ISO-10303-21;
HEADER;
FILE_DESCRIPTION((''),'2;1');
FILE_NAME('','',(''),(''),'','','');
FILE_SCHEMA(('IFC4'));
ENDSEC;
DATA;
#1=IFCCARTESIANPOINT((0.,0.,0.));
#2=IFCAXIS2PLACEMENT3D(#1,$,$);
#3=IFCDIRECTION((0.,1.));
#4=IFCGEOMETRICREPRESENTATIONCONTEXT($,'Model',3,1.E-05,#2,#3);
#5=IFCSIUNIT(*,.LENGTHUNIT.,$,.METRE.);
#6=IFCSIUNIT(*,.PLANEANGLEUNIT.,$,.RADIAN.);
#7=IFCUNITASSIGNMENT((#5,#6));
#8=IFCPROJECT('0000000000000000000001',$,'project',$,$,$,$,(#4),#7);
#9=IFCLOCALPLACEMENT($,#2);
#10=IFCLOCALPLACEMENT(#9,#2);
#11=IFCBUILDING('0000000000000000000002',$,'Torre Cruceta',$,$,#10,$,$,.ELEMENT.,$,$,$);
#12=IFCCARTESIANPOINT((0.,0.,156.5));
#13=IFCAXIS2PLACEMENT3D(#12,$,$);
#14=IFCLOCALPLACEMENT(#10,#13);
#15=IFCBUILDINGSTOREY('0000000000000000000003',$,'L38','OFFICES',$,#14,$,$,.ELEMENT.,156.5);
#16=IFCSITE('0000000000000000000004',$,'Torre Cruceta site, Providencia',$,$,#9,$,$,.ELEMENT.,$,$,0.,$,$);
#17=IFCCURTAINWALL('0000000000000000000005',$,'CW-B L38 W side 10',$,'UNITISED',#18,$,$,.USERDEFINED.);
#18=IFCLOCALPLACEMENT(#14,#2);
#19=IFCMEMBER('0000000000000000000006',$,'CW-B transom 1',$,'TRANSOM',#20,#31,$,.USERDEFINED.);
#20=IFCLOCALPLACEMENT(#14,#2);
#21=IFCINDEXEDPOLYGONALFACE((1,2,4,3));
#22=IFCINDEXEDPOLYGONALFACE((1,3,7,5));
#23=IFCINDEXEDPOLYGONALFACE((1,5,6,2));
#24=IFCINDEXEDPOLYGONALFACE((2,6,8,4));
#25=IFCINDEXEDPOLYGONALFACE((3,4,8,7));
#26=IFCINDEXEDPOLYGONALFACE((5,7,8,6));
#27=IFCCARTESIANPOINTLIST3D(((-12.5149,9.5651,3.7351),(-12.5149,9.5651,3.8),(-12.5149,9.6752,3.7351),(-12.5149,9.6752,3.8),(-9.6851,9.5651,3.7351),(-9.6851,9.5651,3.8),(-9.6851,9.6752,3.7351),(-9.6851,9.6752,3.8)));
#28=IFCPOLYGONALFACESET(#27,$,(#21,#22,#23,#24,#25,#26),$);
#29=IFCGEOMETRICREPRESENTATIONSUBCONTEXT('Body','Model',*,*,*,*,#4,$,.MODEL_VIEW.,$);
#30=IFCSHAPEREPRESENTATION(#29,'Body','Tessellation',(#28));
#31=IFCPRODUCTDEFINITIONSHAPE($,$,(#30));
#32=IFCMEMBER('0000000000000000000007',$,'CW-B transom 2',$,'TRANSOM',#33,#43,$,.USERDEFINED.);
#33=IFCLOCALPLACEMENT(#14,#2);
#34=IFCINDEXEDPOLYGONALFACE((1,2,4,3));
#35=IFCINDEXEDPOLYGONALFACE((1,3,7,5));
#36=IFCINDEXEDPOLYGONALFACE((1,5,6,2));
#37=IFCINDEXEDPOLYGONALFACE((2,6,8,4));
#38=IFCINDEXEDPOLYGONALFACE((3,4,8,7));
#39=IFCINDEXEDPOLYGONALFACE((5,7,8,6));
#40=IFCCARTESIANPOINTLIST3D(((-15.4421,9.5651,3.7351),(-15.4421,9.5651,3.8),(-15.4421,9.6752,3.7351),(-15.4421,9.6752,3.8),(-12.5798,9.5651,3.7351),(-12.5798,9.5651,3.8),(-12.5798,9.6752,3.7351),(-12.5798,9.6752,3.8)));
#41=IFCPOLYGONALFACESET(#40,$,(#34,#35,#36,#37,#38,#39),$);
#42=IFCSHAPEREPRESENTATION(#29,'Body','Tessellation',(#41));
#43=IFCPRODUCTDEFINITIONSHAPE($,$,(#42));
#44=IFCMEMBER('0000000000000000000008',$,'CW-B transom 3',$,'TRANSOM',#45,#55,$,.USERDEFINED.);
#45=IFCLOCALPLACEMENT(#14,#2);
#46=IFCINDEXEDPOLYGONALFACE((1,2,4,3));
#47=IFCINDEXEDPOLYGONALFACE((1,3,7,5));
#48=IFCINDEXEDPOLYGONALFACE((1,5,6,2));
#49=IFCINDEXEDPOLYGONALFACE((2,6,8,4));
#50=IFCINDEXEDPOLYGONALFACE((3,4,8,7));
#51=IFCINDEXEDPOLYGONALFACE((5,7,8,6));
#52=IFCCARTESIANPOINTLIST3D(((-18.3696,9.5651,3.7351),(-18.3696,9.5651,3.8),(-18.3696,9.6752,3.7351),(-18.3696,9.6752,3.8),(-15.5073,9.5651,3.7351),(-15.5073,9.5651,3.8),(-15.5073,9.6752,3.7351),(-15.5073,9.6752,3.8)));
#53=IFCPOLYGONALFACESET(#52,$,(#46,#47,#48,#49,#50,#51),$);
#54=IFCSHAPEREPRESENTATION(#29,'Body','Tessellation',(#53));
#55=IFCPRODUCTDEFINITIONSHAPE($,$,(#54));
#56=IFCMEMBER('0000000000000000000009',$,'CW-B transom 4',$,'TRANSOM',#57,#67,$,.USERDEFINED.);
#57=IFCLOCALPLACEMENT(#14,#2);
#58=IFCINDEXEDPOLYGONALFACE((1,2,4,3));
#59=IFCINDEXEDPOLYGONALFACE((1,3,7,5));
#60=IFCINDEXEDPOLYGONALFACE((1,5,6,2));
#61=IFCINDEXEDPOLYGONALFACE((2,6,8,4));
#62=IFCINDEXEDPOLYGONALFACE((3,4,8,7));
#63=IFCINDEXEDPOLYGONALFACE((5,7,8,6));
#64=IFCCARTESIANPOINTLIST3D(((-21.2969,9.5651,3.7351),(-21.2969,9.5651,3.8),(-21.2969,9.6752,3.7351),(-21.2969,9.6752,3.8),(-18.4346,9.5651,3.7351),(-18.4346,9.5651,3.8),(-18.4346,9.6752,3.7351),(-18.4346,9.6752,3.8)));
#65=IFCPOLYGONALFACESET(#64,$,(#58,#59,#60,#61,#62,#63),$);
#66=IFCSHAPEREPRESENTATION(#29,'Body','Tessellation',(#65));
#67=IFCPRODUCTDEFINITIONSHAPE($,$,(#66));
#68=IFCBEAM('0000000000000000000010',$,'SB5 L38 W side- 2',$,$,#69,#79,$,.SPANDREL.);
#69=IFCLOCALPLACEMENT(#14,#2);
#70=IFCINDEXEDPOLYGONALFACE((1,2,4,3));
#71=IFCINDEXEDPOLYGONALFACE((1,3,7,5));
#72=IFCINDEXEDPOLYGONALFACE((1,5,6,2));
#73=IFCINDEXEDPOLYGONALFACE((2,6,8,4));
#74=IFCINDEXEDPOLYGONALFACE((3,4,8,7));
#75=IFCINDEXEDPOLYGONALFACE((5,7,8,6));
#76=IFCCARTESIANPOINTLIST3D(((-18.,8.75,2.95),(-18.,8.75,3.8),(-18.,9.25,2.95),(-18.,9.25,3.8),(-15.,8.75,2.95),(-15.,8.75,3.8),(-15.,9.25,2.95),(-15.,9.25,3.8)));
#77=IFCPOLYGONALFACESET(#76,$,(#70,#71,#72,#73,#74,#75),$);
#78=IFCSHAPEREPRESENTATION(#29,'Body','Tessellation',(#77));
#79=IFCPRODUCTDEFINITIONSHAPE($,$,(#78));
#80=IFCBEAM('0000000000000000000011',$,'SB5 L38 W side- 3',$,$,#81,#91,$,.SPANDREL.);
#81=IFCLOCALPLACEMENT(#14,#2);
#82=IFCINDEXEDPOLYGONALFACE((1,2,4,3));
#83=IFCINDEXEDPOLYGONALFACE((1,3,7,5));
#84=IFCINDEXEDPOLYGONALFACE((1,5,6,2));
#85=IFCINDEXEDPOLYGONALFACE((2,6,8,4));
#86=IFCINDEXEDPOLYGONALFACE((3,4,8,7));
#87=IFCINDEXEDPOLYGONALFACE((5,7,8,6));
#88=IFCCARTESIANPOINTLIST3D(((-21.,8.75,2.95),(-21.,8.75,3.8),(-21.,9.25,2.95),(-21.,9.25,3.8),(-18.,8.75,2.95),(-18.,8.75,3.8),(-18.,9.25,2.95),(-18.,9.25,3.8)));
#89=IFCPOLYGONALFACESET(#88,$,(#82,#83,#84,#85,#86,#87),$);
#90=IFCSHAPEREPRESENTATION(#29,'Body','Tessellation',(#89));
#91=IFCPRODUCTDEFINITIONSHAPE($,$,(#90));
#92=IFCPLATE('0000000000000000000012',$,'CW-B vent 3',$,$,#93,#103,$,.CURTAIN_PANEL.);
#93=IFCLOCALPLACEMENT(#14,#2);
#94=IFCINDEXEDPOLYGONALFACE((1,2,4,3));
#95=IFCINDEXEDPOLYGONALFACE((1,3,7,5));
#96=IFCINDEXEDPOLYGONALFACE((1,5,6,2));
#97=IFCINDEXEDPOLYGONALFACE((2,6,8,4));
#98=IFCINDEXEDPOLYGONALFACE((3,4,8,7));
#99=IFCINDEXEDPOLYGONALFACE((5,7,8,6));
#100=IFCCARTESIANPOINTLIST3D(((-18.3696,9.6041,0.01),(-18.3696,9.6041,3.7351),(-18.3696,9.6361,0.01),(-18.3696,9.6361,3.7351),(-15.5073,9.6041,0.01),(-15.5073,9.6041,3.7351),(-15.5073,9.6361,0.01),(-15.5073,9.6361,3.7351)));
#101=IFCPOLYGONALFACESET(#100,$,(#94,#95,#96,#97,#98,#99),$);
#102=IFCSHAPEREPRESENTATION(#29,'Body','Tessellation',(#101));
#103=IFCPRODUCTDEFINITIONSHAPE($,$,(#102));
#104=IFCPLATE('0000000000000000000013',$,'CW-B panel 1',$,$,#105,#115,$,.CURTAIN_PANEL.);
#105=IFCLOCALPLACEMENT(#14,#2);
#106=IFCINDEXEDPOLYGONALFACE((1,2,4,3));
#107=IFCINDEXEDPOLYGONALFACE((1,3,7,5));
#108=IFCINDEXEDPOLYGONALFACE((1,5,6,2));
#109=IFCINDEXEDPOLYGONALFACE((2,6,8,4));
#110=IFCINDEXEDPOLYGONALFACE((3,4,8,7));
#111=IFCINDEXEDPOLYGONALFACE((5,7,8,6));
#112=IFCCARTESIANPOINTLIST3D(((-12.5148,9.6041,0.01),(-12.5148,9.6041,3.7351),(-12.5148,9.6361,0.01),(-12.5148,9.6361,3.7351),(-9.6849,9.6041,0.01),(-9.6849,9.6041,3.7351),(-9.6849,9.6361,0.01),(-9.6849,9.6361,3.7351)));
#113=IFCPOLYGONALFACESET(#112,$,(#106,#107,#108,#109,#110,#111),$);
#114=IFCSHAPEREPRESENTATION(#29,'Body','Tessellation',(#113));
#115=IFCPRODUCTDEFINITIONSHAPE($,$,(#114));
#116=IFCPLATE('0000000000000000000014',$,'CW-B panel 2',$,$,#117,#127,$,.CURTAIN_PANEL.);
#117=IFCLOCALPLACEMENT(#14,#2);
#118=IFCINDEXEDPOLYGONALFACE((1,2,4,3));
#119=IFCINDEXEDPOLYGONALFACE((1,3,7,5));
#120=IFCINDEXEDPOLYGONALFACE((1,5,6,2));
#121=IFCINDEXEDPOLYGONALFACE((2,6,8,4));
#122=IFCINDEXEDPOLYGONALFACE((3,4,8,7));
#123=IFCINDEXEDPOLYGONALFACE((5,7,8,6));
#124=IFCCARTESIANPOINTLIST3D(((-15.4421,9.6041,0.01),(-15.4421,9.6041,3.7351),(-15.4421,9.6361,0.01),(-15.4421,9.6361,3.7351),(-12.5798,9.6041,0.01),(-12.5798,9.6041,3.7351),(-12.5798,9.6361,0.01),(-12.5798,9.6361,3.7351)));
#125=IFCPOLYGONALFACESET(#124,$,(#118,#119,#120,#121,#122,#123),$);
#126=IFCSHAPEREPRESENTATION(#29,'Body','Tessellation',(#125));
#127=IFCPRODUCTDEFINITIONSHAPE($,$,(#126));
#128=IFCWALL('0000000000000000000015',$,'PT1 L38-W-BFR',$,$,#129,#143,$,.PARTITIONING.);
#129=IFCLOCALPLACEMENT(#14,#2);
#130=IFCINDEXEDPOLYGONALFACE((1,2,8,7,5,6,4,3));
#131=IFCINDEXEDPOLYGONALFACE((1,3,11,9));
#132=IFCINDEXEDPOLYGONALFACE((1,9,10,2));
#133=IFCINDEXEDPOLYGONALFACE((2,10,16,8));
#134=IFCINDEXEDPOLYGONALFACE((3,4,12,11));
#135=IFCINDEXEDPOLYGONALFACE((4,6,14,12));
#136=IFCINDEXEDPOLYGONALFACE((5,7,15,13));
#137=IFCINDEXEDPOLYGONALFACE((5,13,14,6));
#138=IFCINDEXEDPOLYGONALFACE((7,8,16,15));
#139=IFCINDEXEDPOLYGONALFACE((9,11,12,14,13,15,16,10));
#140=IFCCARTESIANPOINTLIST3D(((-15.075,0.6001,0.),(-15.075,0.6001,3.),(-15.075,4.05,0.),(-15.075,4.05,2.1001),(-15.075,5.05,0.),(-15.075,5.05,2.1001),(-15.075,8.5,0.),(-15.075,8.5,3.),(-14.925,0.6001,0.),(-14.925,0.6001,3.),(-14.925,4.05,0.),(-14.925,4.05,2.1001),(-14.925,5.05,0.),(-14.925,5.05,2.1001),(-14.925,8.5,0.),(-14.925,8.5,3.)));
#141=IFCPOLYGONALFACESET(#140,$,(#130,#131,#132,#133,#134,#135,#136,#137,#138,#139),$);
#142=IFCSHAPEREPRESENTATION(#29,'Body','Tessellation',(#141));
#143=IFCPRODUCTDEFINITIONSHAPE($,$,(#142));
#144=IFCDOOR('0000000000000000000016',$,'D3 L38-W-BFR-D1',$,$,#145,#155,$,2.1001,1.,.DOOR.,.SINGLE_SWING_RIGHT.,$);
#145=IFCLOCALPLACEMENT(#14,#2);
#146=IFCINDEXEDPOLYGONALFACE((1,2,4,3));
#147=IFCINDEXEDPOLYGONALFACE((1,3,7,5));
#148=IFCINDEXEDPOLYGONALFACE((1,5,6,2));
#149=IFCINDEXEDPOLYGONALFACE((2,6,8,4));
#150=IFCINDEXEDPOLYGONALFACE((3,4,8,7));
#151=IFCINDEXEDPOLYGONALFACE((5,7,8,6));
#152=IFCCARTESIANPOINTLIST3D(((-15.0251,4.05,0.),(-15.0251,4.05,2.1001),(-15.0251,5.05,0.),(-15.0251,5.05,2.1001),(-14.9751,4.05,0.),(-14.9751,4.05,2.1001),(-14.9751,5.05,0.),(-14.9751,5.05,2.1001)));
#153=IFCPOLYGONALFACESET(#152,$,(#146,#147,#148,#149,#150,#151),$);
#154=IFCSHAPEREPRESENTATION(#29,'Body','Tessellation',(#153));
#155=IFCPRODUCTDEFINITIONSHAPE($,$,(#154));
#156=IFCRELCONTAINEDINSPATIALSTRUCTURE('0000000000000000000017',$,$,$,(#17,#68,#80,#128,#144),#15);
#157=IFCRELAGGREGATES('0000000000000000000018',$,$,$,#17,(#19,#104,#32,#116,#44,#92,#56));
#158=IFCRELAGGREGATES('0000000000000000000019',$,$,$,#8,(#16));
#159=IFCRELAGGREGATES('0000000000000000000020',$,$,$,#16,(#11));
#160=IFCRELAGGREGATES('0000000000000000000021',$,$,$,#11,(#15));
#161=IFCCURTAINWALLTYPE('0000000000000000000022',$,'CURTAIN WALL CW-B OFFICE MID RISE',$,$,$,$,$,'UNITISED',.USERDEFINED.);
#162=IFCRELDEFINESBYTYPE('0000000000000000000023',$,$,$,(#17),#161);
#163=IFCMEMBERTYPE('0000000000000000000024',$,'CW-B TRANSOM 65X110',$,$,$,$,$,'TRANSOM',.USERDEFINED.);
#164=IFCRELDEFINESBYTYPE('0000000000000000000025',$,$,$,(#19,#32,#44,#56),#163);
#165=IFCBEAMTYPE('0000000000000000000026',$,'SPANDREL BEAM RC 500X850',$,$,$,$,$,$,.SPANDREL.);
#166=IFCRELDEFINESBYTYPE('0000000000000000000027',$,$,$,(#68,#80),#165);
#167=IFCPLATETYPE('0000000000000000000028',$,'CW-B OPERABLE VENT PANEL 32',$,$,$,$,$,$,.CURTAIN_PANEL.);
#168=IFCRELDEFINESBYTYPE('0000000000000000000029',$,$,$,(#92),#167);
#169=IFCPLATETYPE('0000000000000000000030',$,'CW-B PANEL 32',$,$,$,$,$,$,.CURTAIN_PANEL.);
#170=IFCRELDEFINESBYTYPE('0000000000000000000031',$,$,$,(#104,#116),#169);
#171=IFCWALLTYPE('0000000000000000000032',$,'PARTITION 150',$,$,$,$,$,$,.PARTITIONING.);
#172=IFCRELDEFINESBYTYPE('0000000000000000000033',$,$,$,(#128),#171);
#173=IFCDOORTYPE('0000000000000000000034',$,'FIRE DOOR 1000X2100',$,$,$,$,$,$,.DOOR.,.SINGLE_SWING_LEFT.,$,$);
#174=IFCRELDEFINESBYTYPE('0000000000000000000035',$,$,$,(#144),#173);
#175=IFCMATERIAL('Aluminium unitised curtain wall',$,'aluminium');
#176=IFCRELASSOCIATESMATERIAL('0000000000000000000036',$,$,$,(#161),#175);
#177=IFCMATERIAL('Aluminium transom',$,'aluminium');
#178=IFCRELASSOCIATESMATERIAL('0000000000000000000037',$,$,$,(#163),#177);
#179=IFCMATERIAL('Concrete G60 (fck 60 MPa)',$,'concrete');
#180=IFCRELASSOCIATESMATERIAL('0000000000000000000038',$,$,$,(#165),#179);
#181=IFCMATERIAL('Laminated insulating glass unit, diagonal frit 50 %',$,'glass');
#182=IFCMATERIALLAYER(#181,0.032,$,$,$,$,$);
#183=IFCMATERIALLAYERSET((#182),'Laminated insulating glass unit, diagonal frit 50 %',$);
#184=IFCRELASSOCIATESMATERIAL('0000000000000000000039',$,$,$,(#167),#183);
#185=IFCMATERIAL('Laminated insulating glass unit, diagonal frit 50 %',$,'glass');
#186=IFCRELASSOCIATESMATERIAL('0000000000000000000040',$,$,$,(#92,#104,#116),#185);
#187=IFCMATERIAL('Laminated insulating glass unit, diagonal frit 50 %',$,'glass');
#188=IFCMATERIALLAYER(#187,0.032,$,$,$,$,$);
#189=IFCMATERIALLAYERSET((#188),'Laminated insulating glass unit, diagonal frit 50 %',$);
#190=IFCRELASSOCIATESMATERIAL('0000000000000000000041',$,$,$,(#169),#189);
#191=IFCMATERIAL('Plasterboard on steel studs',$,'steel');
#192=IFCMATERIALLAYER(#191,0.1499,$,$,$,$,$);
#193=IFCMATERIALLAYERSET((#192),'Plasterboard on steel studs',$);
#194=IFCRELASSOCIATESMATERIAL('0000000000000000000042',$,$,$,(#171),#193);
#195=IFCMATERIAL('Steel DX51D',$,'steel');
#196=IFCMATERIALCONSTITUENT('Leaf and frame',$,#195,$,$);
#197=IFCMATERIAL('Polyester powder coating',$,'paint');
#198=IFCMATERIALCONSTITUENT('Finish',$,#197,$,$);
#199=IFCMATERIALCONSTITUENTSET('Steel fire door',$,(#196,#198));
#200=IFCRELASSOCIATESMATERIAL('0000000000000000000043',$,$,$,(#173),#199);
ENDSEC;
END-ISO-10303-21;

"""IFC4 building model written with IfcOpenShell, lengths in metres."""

from ifc_helpers import new_model, si_unit, direction, frame, frame_2d, origin, origin_2d, place, context, subcontext, project, spatial, rectangle, extrude, material, layer, layer_set, constituent, constituent_set, material_profile, profile_set, type_object, element, fill, aggregate, save


model = new_model("IFC4")

# Units and contexts
model_context = context("Model", 3, precision=1e-05, world=origin(), true_north=direction((0.0, 1.0)))
body_context = subcontext(model_context, "Body", "Model", "MODEL_VIEW")
ifc_project = project(units=[si_unit("LENGTHUNIT", "METRE"), si_unit("PLANEANGLEUNIT", "RADIAN")], contexts=[model_context])

# Site, building, storey
site_placement = place(None, origin())
site = spatial("IfcSite", under=ifc_project, at=site_placement, Name="Torre Cruceta site, Providencia", CompositionType="ELEMENT", RefElevation=0.0)
building_placement = place(site_placement, origin())
building = spatial("IfcBuilding", under=site, at=building_placement, Name="Torre Cruceta", CompositionType="ELEMENT")
storey_placement = place(building_placement, frame((0.0, 0.0, 156.5)))
storey = spatial("IfcBuildingStorey", under=building, at=storey_placement, Name="L38", Description="OFFICES", CompositionType="ELEMENT", Elevation=156.5)

# Curtain wall, members
ifc_material_1 = material(Name="Aluminium unitised curtain wall", Category="aluminium")
curtain_wall_type = type_object("IfcCurtainWallType", Name="CURTAIN WALL CW-B OFFICE MID RISE", ElementType="UNITISED", PredefinedType="USERDEFINED", material=ifc_material_1)
curtain_wall_placement = place(storey_placement, origin())
curtain_wall = element("IfcCurtainWall", 1, at=curtain_wall_placement, inside=storey, type_object=curtain_wall_type, Name="CW-B L38 W side 10", ObjectType="UNITISED", PredefinedType="USERDEFINED")
ifc_material_2 = material(Name="Aluminium transom", Category="aluminium")
ifc_material_profile_1 = material_profile(ifc_material_2, rectangle(XDim=0.1101, YDim=0.0649, at=origin_2d()), Name="AL 110X65")
ifc_profile_set_1 = profile_set([ifc_material_profile_1], Name="Aluminium transom")
member_type_1 = type_object("IfcMemberType", Name="CW-B TRANSOM 65X110", ElementType="TRANSOM", PredefinedType="USERDEFINED", material=ifc_profile_set_1)
member_1_placement = place(storey_placement, frame((-9.6851, 9.6201, 3.7676), z_axis=(-1.0, 0.0, 0.0), x_axis=(0.0, -1.0, 0.0)))
member_1 = element("IfcMember", 2, at=member_1_placement, type_object=member_type_1, Name="CW-B transom 1", ObjectType="TRANSOM", PredefinedType="USERDEFINED", context=body_context, shape_type="SweptSolid", body=[
    extrude(rectangle(XDim=0.1101, YDim=0.0649, at=origin_2d()), origin(), (0.0, 0.0, 1.0), 2.8298),
])
member_2_placement = place(storey_placement, frame((-12.5798, 9.6201, 3.7676), z_axis=(-1.0, 0.0, 0.0), x_axis=(0.0, -1.0, 0.0)))
member_2 = element("IfcMember", 3, at=member_2_placement, type_object=member_type_1, Name="CW-B transom 2", ObjectType="TRANSOM", PredefinedType="USERDEFINED", context=body_context, shape_type="SweptSolid", body=[
    extrude(rectangle(XDim=0.1101, YDim=0.0649, at=origin_2d()), origin(), (0.0, 0.0, 1.0), 2.8623),
])
member_3_placement = place(storey_placement, frame((-15.5073, 9.6201, 3.7676), z_axis=(-1.0, 0.0, 0.0), x_axis=(0.0, -1.0, 0.0)))
member_3 = element("IfcMember", 4, at=member_3_placement, type_object=member_type_1, Name="CW-B transom 3", ObjectType="TRANSOM", PredefinedType="USERDEFINED", context=body_context, shape_type="SweptSolid", body=[
    extrude(rectangle(XDim=0.1101, YDim=0.0649, at=origin_2d()), origin(), (0.0, 0.0, 1.0), 2.8623),
])
member_4_placement = place(storey_placement, frame((-18.4346, 9.6201, 3.7676), z_axis=(-1.0, 0.0, 0.0), x_axis=(0.0, -1.0, 0.0)))
member_4 = element("IfcMember", 5, at=member_4_placement, type_object=member_type_1, Name="CW-B transom 4", ObjectType="TRANSOM", PredefinedType="USERDEFINED", context=body_context, shape_type="SweptSolid", body=[
    extrude(rectangle(XDim=0.1101, YDim=0.0649, at=origin_2d()), origin(), (0.0, 0.0, 1.0), 2.8623),
])

# Beams
ifc_material_3 = material(Name="Concrete G60 (fck 60 MPa)", Category="concrete")
ifc_material_profile_2 = material_profile(ifc_material_3, rectangle(XDim=0.5, YDim=0.8501, at=origin_2d()), Name="RC 500X850")
ifc_profile_set_2 = profile_set([ifc_material_profile_2], Name="Concrete G60 (fck 60 MPa)")
beam_type_1 = type_object("IfcBeamType", Name="SPANDREL BEAM RC 500X850", PredefinedType="SPANDREL", material=ifc_profile_set_2)
for number, where, z_axis, x_axis, name in (
    (6, (-15.0, 9.0, 3.375), (-1.0, 0.0, 0.0), (0.0, -1.0, 0.0), "SB5 L38 W side- 2"),
    (7, (-18.0, 9.0, 3.375), (-1.0, 0.0, 0.0), (0.0, -1.0, 0.0), "SB5 L38 W side- 3"),
):
    element("IfcBeam", number, at=place(storey_placement, frame(where, z_axis=z_axis, x_axis=x_axis)), inside=storey, type_object=beam_type_1, Name=name, PredefinedType="SPANDREL", context=body_context, shape_type="SweptSolid", body=[
        extrude(rectangle(XDim=0.5, YDim=0.8501, at=origin_2d()), origin(), (0.0, 0.0, 1.0), 3.0),
    ])

# Plates
ifc_material_4 = material(Name="Laminated insulating glass unit, diagonal frit 50 %", Category="glass")
ifc_material_5 = material(Name="Laminated insulating glass unit, diagonal frit 50 %", Category="glass")
ifc_layer_1 = layer(ifc_material_5, 0.032)
ifc_layer_set_1 = layer_set([ifc_layer_1], Name="Laminated insulating glass unit, diagonal frit 50 %")
plate_type_1 = type_object("IfcPlateType", Name="CW-B OPERABLE VENT PANEL 32", PredefinedType="CURTAIN_PANEL", material=ifc_layer_set_1)
plate_1_placement = place(storey_placement, frame((-16.9385, 9.6201, 0.01), z_axis=(0.0, 0.0, 1.0), x_axis=(-1.0, 0.0, 0.0)))
plate_1 = element("IfcPlate", 8, at=plate_1_placement, type_object=plate_type_1, material=ifc_material_4, Name="CW-B vent 3", PredefinedType="CURTAIN_PANEL", context=body_context, shape_type="SweptSolid", body=[
    extrude(rectangle(XDim=2.8623, YDim=0.032, at=origin_2d()), origin(), (0.0, 0.0, 1.0), 3.7251),
])
ifc_material_6 = material(Name="Laminated insulating glass unit, diagonal frit 50 %", Category="glass")
ifc_layer_2 = layer(ifc_material_6, 0.032)
ifc_layer_set_2 = layer_set([ifc_layer_2], Name="Laminated insulating glass unit, diagonal frit 50 %")
plate_type_2 = type_object("IfcPlateType", Name="CW-B PANEL 32", PredefinedType="CURTAIN_PANEL", material=ifc_layer_set_2)
plate_2_placement = place(storey_placement, frame((-11.0999, 9.6201, 0.01), z_axis=(0.0, 0.0, 1.0), x_axis=(-1.0, 0.0, 0.0)))
plate_2 = element("IfcPlate", 9, at=plate_2_placement, type_object=plate_type_2, material=ifc_material_4, Name="CW-B panel 1", PredefinedType="CURTAIN_PANEL", context=body_context, shape_type="SweptSolid", body=[
    extrude(rectangle(XDim=2.8298, YDim=0.032, at=origin_2d()), origin(), (0.0, 0.0, 1.0), 3.7251),
])
plate_3_placement = place(storey_placement, frame((-14.011, 9.6201, 0.01), z_axis=(0.0, 0.0, 1.0), x_axis=(-1.0, 0.0, 0.0)))
plate_3 = element("IfcPlate", 10, at=plate_3_placement, type_object=plate_type_2, material=ifc_material_4, Name="CW-B panel 2", PredefinedType="CURTAIN_PANEL", context=body_context, shape_type="SweptSolid", body=[
    extrude(rectangle(XDim=2.8623, YDim=0.032, at=origin_2d()), origin(), (0.0, 0.0, 1.0), 3.7251),
])
aggregate(curtain_wall, [member_1, plate_2, member_2, plate_3, member_3, plate_1, member_4])

# Wall, opening, door
ifc_material_7 = material(Name="Plasterboard on steel studs", Category="steel")
ifc_layer_3 = layer(ifc_material_7, 0.1499)
ifc_layer_set_3 = layer_set([ifc_layer_3], Name="Plasterboard on steel studs")
wall_type = type_object("IfcWallType", Name="PARTITION 150", PredefinedType="PARTITIONING", material=ifc_layer_set_3)
wall_placement = place(storey_placement, frame((-15.0, 8.5, 0.0), z_axis=(0.0, 0.0, 1.0), x_axis=(0.0, -1.0, 0.0)))
wall = element("IfcWall", 11, at=wall_placement, inside=storey, type_object=wall_type, Name="PT1 L38-W-BFR", PredefinedType="PARTITIONING", context=body_context, shape_type="SweptSolid", body=[
    extrude(rectangle(XDim=7.8999, YDim=0.1499, at=frame_2d((3.95, 0.0))), origin(), (0.0, 0.0, 1.0), 3.0),
])
opening_placement = place(wall_placement, frame((3.45, 0.0, 0.0)))
opening = element("IfcOpeningElement", 12, at=opening_placement, cuts=wall, PredefinedType="OPENING", context=body_context, shape_type="SweptSolid", body=[
    extrude(rectangle(XDim=1.0, YDim=2.1001, at=frame_2d((0.5, 1.05))), frame((0.0, 0.085, 0.0), z_axis=(0.0, -1.0, 0.0), x_axis=(1.0, 0.0, 0.0)), (0.0, 0.0, 1.0), 0.1699),
])
ifc_material_8 = material(Name="Steel DX51D", Category="steel")
ifc_constituent_1 = constituent(ifc_material_8, Name="Leaf and frame")
ifc_material_9 = material(Name="Polyester powder coating", Category="paint")
ifc_constituent_2 = constituent(ifc_material_9, Name="Finish")
ifc_constituent_set = constituent_set(constituents=[ifc_constituent_1, ifc_constituent_2], Name="Steel fire door")
door_type = type_object("IfcDoorType", Name="FIRE DOOR 1000X2100", OperationType="SINGLE_SWING_LEFT", PredefinedType="DOOR", material=ifc_constituent_set)
door_placement = place(opening_placement, origin())
door = element("IfcDoor", 13, at=door_placement, inside=storey, type_object=door_type, Name="D3 L38-W-BFR-D1", OperationType="SINGLE_SWING_RIGHT", OverallHeight=2.1001, OverallWidth=1.0, PredefinedType="DOOR", context=body_context, shape_type="SweptSolid", body=[
    extrude(rectangle(XDim=1.0, YDim=2.1001, at=frame_2d((0.5, 1.05))), frame((0.0, 0.0249, 0.0), z_axis=(0.0, -1.0, 0.0), x_axis=(1.0, 0.0, 0.0)), (0.0, 0.0, 1.0), 0.05),
])
fill(opening, door)

save(model, "model.ifc")
